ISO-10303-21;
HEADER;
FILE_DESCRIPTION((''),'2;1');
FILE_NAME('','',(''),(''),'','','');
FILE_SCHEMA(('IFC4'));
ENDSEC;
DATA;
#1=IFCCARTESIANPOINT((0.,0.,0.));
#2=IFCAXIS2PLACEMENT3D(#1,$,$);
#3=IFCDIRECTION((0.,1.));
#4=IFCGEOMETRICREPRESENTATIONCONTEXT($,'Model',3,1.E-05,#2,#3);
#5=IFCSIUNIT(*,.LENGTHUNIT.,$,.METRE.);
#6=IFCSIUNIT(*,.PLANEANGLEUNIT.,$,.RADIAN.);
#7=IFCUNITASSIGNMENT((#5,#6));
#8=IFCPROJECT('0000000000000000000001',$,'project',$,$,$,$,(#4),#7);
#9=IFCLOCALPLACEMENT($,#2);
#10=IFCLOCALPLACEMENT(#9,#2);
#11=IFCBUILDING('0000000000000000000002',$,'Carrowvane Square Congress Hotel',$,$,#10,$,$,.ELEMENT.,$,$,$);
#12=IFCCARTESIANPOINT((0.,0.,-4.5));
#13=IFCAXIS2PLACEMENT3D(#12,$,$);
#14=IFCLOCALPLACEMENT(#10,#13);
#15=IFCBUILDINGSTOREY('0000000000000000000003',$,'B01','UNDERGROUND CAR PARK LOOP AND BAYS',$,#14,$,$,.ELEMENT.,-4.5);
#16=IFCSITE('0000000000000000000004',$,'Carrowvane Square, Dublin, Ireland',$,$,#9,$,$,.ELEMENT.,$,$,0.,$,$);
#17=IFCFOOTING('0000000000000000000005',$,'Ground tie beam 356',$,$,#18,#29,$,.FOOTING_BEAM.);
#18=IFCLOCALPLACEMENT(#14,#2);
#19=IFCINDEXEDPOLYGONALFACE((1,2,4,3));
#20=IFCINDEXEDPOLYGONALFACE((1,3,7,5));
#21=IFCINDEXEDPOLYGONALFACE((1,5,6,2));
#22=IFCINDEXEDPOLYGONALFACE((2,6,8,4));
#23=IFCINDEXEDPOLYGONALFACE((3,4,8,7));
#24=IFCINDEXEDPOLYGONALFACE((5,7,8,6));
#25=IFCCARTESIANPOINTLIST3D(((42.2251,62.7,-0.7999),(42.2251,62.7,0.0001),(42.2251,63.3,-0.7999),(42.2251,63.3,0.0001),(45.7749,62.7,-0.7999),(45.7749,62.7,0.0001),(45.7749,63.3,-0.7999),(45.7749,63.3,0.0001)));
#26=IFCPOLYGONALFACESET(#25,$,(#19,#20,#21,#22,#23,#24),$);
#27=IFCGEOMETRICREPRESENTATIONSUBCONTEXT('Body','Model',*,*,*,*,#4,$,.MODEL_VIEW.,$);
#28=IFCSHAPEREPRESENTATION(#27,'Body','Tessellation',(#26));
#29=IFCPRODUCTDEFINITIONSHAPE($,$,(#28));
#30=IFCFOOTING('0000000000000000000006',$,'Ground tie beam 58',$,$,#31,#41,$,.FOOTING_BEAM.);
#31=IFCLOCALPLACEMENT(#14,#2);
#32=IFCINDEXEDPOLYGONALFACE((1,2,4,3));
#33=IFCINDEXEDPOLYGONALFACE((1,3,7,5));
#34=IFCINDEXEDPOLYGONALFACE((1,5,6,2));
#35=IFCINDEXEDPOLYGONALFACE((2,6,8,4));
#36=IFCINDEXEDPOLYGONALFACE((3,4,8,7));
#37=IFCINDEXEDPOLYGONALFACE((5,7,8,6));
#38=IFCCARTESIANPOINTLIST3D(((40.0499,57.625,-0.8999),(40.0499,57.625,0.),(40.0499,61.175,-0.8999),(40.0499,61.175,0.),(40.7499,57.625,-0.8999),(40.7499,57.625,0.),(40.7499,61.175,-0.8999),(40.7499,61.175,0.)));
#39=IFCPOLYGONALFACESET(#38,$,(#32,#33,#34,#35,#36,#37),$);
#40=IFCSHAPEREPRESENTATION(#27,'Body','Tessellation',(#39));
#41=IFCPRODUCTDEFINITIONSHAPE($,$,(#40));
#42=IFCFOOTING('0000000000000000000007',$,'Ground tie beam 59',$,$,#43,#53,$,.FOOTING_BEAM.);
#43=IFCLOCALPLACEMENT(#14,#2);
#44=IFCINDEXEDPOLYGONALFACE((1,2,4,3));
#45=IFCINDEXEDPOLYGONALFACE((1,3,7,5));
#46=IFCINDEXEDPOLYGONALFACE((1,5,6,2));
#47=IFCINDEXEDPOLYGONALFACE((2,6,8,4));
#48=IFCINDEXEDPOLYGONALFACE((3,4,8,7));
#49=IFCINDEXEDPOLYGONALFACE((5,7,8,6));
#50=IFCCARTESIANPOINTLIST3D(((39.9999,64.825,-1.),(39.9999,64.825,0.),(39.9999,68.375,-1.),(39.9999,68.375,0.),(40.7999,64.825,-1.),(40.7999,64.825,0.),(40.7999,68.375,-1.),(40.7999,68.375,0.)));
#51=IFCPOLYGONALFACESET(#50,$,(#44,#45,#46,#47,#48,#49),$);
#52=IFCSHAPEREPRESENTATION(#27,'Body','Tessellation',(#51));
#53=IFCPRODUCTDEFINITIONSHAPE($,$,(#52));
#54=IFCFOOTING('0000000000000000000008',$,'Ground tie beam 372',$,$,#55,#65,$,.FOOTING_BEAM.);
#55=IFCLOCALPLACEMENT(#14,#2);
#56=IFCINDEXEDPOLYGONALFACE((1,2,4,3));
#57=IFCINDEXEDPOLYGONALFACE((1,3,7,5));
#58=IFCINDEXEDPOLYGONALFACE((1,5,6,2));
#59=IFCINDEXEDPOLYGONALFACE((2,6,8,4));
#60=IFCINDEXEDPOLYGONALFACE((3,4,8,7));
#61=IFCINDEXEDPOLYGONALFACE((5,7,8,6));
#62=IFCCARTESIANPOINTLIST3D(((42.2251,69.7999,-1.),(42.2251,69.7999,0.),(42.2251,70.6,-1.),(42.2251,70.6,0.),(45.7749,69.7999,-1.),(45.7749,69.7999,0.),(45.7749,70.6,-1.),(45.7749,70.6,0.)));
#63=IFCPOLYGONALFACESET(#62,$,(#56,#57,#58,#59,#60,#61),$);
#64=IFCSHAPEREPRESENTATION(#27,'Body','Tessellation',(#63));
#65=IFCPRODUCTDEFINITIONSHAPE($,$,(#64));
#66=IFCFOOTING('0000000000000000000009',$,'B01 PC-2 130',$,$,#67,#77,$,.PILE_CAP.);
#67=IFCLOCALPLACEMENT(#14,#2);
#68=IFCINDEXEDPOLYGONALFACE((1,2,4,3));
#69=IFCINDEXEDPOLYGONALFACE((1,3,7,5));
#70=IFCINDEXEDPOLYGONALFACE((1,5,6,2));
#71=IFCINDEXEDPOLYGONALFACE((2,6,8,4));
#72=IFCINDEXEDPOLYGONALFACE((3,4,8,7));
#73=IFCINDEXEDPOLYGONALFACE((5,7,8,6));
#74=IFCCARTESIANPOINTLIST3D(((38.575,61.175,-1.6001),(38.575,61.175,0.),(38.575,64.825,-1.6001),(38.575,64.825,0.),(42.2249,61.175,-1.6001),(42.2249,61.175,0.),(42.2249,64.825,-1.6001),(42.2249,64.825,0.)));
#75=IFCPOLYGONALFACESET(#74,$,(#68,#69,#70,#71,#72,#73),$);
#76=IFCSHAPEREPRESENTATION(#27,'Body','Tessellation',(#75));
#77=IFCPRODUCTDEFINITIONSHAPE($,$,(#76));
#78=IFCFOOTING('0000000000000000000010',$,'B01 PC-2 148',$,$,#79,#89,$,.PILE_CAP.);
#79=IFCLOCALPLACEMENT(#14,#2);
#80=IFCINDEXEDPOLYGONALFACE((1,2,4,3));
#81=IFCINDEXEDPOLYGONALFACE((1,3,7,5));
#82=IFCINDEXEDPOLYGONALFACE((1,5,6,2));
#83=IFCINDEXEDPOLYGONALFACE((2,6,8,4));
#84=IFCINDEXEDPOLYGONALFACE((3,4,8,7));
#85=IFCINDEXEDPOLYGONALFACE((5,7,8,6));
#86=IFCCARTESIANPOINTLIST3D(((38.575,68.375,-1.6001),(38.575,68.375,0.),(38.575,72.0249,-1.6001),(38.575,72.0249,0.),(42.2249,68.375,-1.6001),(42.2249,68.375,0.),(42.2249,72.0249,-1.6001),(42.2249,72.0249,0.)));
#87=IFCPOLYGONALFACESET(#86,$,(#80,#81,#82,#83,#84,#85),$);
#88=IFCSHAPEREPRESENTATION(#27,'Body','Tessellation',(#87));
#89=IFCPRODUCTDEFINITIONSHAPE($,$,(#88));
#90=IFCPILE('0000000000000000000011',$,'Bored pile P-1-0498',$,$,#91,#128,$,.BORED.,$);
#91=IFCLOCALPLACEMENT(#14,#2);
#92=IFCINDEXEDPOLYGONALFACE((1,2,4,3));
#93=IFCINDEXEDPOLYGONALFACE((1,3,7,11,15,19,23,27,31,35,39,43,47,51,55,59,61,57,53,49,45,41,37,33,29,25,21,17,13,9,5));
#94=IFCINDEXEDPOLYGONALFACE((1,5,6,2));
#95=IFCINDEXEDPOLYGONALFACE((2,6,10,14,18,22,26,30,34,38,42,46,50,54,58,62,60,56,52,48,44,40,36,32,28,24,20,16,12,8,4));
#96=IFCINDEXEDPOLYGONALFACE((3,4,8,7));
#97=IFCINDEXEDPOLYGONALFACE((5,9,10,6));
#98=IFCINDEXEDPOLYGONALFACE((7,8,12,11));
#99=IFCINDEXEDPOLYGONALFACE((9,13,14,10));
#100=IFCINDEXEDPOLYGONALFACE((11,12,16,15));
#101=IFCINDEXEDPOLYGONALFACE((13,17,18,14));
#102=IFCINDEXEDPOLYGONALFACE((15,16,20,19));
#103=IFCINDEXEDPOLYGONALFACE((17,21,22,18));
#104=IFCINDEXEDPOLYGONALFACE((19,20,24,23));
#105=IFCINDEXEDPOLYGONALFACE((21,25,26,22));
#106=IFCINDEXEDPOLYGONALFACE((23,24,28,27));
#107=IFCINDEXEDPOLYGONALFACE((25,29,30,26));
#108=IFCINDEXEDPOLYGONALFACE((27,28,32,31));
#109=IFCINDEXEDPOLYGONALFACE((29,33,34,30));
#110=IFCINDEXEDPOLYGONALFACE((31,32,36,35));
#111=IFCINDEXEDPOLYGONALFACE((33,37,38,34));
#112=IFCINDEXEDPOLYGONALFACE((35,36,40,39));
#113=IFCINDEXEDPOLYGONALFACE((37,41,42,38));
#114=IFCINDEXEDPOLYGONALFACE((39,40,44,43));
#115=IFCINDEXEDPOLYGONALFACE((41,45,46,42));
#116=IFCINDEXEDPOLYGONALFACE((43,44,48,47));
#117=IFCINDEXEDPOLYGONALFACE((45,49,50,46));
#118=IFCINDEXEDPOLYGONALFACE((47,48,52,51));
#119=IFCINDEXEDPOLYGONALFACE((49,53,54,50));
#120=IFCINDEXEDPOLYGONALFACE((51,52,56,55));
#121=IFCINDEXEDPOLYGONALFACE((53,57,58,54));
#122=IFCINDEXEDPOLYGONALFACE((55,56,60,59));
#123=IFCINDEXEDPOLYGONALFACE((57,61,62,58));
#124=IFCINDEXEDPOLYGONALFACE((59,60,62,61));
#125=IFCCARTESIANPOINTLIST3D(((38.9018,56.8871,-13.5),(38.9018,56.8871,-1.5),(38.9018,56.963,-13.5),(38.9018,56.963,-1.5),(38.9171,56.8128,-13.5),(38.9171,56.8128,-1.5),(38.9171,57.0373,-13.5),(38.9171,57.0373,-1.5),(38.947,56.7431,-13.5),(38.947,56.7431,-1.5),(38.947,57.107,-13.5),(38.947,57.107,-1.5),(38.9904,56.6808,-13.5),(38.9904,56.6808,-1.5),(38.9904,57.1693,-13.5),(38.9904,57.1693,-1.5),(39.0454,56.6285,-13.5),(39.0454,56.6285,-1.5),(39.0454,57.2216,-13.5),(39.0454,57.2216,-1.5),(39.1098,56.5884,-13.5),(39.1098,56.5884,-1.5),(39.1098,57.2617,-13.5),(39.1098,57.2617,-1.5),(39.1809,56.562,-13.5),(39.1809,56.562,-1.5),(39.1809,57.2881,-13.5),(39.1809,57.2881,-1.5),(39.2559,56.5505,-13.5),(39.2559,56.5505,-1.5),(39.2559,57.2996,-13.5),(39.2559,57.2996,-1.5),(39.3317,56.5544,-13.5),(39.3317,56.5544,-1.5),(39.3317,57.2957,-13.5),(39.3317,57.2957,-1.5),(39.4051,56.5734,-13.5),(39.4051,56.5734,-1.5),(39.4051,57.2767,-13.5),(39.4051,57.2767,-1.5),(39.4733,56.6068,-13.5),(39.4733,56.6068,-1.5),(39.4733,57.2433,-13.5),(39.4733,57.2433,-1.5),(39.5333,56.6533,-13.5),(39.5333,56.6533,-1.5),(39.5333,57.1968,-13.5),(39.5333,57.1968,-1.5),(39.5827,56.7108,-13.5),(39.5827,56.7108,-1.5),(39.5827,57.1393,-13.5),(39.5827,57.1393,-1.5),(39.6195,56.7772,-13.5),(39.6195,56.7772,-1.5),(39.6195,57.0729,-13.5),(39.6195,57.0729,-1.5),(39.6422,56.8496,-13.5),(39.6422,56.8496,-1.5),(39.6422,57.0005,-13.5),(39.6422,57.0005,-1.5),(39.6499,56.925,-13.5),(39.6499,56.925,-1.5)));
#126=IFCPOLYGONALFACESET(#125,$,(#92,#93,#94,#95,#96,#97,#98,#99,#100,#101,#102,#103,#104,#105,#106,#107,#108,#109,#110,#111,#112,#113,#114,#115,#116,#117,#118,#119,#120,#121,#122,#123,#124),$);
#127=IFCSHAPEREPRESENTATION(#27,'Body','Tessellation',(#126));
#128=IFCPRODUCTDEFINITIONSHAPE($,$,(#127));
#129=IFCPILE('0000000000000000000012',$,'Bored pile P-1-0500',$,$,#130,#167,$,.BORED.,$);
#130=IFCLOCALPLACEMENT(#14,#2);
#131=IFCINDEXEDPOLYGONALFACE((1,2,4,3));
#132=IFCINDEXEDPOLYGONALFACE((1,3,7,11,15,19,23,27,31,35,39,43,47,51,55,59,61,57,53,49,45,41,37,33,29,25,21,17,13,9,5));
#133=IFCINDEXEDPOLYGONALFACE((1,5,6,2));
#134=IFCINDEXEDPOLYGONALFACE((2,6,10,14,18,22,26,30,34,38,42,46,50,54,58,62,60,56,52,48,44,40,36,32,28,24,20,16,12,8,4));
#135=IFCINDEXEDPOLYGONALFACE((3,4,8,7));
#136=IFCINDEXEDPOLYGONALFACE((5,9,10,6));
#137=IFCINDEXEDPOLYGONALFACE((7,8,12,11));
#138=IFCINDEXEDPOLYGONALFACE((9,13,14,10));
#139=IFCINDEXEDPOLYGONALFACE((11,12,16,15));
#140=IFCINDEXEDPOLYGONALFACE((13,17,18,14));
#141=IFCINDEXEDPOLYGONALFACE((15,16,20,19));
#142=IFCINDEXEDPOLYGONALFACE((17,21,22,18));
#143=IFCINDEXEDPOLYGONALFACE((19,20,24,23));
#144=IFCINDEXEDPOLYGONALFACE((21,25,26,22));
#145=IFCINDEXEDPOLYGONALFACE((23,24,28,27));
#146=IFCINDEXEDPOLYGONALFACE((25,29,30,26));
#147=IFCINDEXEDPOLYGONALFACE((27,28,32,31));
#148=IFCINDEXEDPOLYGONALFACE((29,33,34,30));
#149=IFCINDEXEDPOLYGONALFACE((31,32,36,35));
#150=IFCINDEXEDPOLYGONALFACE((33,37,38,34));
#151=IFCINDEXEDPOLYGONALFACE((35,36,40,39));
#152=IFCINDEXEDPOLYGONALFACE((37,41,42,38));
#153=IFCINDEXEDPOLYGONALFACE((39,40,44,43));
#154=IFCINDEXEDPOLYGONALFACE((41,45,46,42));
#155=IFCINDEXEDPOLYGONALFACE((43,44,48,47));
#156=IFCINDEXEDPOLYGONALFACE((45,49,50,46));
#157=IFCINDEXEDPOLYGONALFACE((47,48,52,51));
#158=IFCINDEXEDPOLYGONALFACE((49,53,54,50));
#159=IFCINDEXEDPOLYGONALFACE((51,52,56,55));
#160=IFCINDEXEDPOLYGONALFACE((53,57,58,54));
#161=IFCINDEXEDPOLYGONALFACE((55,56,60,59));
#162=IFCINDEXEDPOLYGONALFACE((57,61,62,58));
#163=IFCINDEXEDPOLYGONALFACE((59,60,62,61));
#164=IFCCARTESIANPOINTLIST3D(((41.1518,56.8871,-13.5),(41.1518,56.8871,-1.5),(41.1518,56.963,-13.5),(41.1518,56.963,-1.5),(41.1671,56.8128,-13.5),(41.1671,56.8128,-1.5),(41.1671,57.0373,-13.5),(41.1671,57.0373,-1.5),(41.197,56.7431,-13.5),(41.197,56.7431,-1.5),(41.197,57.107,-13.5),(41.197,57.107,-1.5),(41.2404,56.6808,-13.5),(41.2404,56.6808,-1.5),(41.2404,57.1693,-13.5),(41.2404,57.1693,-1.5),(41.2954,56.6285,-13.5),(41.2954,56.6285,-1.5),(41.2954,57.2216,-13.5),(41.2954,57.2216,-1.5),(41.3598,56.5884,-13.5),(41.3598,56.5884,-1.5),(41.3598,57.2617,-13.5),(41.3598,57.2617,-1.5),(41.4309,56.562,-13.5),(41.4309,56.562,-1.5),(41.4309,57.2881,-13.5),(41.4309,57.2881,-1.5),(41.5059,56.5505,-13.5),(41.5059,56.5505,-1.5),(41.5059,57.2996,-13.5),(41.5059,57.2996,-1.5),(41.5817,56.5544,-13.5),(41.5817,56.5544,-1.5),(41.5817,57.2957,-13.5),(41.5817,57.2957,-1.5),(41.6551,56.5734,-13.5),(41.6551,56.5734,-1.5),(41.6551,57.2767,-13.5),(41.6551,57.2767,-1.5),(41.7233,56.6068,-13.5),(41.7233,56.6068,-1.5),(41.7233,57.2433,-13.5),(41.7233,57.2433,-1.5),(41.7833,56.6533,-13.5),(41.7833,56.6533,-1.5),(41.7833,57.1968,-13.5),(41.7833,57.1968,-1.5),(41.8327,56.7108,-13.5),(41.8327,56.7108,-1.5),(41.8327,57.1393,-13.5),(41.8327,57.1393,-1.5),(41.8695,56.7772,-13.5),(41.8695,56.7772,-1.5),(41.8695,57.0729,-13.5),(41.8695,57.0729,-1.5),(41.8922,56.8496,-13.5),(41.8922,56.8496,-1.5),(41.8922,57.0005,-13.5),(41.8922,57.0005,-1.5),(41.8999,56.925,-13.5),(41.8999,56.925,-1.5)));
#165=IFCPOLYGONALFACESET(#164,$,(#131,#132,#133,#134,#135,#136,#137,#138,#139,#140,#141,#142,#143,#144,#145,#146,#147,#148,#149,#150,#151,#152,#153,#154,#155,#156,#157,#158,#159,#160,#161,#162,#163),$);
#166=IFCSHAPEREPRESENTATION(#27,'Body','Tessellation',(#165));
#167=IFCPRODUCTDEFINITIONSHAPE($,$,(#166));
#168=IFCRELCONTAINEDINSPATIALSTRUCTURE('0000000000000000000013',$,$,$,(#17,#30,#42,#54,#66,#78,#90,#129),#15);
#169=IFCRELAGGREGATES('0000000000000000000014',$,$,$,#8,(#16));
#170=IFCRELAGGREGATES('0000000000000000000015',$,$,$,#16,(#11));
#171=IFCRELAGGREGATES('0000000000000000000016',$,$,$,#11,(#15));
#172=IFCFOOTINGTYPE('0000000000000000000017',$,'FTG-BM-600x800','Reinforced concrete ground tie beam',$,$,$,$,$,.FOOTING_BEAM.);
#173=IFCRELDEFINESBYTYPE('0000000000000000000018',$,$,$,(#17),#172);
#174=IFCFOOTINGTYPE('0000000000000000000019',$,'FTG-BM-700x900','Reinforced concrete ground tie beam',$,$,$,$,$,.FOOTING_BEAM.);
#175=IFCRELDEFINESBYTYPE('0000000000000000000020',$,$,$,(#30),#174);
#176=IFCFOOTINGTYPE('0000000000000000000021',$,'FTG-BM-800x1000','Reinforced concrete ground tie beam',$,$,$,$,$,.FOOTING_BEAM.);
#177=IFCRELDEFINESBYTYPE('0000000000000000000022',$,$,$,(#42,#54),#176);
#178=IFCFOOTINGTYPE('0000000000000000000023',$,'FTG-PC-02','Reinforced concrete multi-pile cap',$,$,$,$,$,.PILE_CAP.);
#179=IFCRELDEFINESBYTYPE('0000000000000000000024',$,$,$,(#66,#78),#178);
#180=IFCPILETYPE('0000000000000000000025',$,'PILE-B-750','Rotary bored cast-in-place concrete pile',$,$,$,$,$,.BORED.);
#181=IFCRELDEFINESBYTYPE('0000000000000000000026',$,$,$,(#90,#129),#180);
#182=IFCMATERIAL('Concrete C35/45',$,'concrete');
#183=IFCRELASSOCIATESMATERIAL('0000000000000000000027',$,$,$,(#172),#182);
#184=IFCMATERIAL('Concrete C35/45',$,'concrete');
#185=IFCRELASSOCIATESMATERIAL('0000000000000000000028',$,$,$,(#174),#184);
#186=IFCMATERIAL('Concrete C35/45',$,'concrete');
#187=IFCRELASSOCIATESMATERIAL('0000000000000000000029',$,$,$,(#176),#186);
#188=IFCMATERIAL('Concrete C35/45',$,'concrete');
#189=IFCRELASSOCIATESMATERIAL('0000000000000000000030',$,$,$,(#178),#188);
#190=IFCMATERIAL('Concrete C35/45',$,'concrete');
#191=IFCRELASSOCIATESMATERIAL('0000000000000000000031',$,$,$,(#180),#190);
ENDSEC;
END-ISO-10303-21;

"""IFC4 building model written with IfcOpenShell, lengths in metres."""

from ifc_helpers import new_model, si_unit, direction, frame, origin, origin_2d, place, context, subcontext, project, spatial, rectangle, circle, extrude, material, material_profile, profile_set, type_object, element, save


model = new_model("IFC4")

# Units and contexts
model_context = context("Model", 3, precision=1e-05, world=origin(), true_north=direction((0.0, 1.0)))
body_context = subcontext(model_context, "Body", "Model", "MODEL_VIEW")
ifc_project = project(units=[si_unit("LENGTHUNIT", "METRE"), si_unit("PLANEANGLEUNIT", "RADIAN")], contexts=[model_context])

# Site, building, storey
site_placement = place(None, origin())
site = spatial("IfcSite", under=ifc_project, at=site_placement, Name="Carrowvane Square, Dublin, Ireland", CompositionType="ELEMENT", RefElevation=0.0)
building_placement = place(site_placement, origin())
building = spatial("IfcBuilding", under=site, at=building_placement, Name="Carrowvane Square Congress Hotel", CompositionType="ELEMENT")
storey_placement = place(building_placement, frame((0.0, 0.0, -4.5)))
storey = spatial("IfcBuildingStorey", under=building, at=storey_placement, Name="B01", Description="UNDERGROUND CAR PARK LOOP AND BAYS", CompositionType="ELEMENT", Elevation=-4.5)

# Footings
ifc_material_1 = material(Name="Concrete C35/45", Category="concrete")
ifc_material_profile_1 = material_profile(ifc_material_1, rectangle(XDim=0.6001, YDim=0.8, at=origin_2d()), Name="RC 600x800")
ifc_profile_set_1 = profile_set([ifc_material_profile_1], Name="Concrete C35/45")
footing_type_1 = type_object("IfcFootingType", Name="FTG-BM-600x800", Description="Reinforced concrete ground tie beam", PredefinedType="FOOTING_BEAM", material=ifc_profile_set_1)
footing_1_placement = place(storey_placement, frame((42.2251, 63.0, -0.3999), z_axis=(1.0, 0.0, 0.0), x_axis=(0.0, 1.0, 0.0)))
element("IfcFooting", 1, at=footing_1_placement, inside=storey, type_object=footing_type_1, Name="Ground tie beam 356", PredefinedType="FOOTING_BEAM", context=body_context, shape_type="SweptSolid", body=[
    extrude(rectangle(XDim=0.6001, YDim=0.8, at=origin_2d()), origin(), (0.0, 0.0, 1.0), 3.5498),
])
ifc_material_2 = material(Name="Concrete C35/45", Category="concrete")
ifc_material_profile_2 = material_profile(ifc_material_2, rectangle(XDim=0.7, YDim=0.8999, at=origin_2d()), Name="RC 700x900")
ifc_profile_set_2 = profile_set([ifc_material_profile_2], Name="Concrete C35/45")
footing_type_2 = type_object("IfcFootingType", Name="FTG-BM-700x900", Description="Reinforced concrete ground tie beam", PredefinedType="FOOTING_BEAM", material=ifc_profile_set_2)
footing_2_placement = place(storey_placement, frame((40.3999, 57.625, -0.45), z_axis=(0.0, 1.0, 0.0), x_axis=(-1.0, 0.0, 0.0)))
element("IfcFooting", 2, at=footing_2_placement, inside=storey, type_object=footing_type_2, Name="Ground tie beam 58", PredefinedType="FOOTING_BEAM", context=body_context, shape_type="SweptSolid", body=[
    extrude(rectangle(XDim=0.7, YDim=0.8999, at=origin_2d()), origin(), (0.0, 0.0, 1.0), 3.55),
])
ifc_material_3 = material(Name="Concrete C35/45", Category="concrete")
ifc_material_profile_3 = material_profile(ifc_material_3, rectangle(XDim=0.8, YDim=1.0, at=origin_2d()), Name="RC 800x1000")
ifc_profile_set_3 = profile_set([ifc_material_profile_3], Name="Concrete C35/45")
footing_type_3 = type_object("IfcFootingType", Name="FTG-BM-800x1000", Description="Reinforced concrete ground tie beam", PredefinedType="FOOTING_BEAM", material=ifc_profile_set_3)
footing_3_placement = place(storey_placement, frame((40.3999, 64.825, -0.5), z_axis=(0.0, 1.0, 0.0), x_axis=(-1.0, 0.0, 0.0)))
element("IfcFooting", 3, at=footing_3_placement, inside=storey, type_object=footing_type_3, Name="Ground tie beam 59", PredefinedType="FOOTING_BEAM", context=body_context, shape_type="SweptSolid", body=[
    extrude(rectangle(XDim=0.8, YDim=1.0, at=origin_2d()), origin(), (0.0, 0.0, 1.0), 3.55),
])
footing_4_placement = place(storey_placement, frame((42.2251, 70.2, -0.5), z_axis=(1.0, 0.0, 0.0), x_axis=(0.0, 1.0, 0.0)))
element("IfcFooting", 4, at=footing_4_placement, inside=storey, type_object=footing_type_3, Name="Ground tie beam 372", PredefinedType="FOOTING_BEAM", context=body_context, shape_type="SweptSolid", body=[
    extrude(rectangle(XDim=0.8, YDim=1.0, at=origin_2d()), origin(), (0.0, 0.0, 1.0), 3.5498),
])
ifc_material_4 = material(Name="Concrete C35/45", Category="concrete")
footing_type_4 = type_object("IfcFootingType", Name="FTG-PC-02", Description="Reinforced concrete multi-pile cap", PredefinedType="PILE_CAP", material=ifc_material_4)
for number, where, z_axis, x_axis, name in (
    (5, (40.3999, 63.0, -1.6001), (0.0, 0.0, 1.0), (1.0, 0.0, 0.0), "B01 PC-2 130"),
    (6, (40.3999, 70.2, -1.6001), (0.0, 0.0, 1.0), (1.0, 0.0, 0.0), "B01 PC-2 148"),
):
    element("IfcFooting", number, at=place(storey_placement, frame(where, z_axis=z_axis, x_axis=x_axis)), inside=storey, type_object=footing_type_4, Name=name, PredefinedType="PILE_CAP", context=body_context, shape_type="SweptSolid", body=[
        extrude(rectangle(XDim=3.6499, YDim=3.6499, at=origin_2d()), origin(), (0.0, 0.0, 1.0), 1.6001),
    ])

# Piles
ifc_material_5 = material(Name="Concrete C35/45", Category="concrete")
ifc_material_profile_4 = material_profile(ifc_material_5, circle(Radius=0.375, at=origin_2d()), Name="PILE D750")
ifc_profile_set_4 = profile_set([ifc_material_profile_4], Name="Concrete C35/45")
pile_type = type_object("IfcPileType", Name="PILE-B-750", Description="Rotary bored cast-in-place concrete pile", PredefinedType="BORED", material=ifc_profile_set_4)
for number, where, z_axis, x_axis, name in (
    (7, (39.2749, 56.925, -1.5), (0.0, 0.0, -1.0), (1.0, 0.0, 0.0), "Bored pile P-1-0498"),
    (8, (41.5249, 56.925, -1.5), (0.0, 0.0, -1.0), (1.0, 0.0, 0.0), "Bored pile P-1-0500"),
):
    element("IfcPile", number, at=place(storey_placement, frame(where, z_axis=z_axis, x_axis=x_axis)), inside=storey, type_object=pile_type, Name=name, PredefinedType="BORED", context=body_context, shape_type="SweptSolid", body=[
        extrude(circle(Radius=0.375, at=origin_2d()), origin(), (0.0, 0.0, 1.0), 12.0),
    ])

save(model, "model.ifc")
